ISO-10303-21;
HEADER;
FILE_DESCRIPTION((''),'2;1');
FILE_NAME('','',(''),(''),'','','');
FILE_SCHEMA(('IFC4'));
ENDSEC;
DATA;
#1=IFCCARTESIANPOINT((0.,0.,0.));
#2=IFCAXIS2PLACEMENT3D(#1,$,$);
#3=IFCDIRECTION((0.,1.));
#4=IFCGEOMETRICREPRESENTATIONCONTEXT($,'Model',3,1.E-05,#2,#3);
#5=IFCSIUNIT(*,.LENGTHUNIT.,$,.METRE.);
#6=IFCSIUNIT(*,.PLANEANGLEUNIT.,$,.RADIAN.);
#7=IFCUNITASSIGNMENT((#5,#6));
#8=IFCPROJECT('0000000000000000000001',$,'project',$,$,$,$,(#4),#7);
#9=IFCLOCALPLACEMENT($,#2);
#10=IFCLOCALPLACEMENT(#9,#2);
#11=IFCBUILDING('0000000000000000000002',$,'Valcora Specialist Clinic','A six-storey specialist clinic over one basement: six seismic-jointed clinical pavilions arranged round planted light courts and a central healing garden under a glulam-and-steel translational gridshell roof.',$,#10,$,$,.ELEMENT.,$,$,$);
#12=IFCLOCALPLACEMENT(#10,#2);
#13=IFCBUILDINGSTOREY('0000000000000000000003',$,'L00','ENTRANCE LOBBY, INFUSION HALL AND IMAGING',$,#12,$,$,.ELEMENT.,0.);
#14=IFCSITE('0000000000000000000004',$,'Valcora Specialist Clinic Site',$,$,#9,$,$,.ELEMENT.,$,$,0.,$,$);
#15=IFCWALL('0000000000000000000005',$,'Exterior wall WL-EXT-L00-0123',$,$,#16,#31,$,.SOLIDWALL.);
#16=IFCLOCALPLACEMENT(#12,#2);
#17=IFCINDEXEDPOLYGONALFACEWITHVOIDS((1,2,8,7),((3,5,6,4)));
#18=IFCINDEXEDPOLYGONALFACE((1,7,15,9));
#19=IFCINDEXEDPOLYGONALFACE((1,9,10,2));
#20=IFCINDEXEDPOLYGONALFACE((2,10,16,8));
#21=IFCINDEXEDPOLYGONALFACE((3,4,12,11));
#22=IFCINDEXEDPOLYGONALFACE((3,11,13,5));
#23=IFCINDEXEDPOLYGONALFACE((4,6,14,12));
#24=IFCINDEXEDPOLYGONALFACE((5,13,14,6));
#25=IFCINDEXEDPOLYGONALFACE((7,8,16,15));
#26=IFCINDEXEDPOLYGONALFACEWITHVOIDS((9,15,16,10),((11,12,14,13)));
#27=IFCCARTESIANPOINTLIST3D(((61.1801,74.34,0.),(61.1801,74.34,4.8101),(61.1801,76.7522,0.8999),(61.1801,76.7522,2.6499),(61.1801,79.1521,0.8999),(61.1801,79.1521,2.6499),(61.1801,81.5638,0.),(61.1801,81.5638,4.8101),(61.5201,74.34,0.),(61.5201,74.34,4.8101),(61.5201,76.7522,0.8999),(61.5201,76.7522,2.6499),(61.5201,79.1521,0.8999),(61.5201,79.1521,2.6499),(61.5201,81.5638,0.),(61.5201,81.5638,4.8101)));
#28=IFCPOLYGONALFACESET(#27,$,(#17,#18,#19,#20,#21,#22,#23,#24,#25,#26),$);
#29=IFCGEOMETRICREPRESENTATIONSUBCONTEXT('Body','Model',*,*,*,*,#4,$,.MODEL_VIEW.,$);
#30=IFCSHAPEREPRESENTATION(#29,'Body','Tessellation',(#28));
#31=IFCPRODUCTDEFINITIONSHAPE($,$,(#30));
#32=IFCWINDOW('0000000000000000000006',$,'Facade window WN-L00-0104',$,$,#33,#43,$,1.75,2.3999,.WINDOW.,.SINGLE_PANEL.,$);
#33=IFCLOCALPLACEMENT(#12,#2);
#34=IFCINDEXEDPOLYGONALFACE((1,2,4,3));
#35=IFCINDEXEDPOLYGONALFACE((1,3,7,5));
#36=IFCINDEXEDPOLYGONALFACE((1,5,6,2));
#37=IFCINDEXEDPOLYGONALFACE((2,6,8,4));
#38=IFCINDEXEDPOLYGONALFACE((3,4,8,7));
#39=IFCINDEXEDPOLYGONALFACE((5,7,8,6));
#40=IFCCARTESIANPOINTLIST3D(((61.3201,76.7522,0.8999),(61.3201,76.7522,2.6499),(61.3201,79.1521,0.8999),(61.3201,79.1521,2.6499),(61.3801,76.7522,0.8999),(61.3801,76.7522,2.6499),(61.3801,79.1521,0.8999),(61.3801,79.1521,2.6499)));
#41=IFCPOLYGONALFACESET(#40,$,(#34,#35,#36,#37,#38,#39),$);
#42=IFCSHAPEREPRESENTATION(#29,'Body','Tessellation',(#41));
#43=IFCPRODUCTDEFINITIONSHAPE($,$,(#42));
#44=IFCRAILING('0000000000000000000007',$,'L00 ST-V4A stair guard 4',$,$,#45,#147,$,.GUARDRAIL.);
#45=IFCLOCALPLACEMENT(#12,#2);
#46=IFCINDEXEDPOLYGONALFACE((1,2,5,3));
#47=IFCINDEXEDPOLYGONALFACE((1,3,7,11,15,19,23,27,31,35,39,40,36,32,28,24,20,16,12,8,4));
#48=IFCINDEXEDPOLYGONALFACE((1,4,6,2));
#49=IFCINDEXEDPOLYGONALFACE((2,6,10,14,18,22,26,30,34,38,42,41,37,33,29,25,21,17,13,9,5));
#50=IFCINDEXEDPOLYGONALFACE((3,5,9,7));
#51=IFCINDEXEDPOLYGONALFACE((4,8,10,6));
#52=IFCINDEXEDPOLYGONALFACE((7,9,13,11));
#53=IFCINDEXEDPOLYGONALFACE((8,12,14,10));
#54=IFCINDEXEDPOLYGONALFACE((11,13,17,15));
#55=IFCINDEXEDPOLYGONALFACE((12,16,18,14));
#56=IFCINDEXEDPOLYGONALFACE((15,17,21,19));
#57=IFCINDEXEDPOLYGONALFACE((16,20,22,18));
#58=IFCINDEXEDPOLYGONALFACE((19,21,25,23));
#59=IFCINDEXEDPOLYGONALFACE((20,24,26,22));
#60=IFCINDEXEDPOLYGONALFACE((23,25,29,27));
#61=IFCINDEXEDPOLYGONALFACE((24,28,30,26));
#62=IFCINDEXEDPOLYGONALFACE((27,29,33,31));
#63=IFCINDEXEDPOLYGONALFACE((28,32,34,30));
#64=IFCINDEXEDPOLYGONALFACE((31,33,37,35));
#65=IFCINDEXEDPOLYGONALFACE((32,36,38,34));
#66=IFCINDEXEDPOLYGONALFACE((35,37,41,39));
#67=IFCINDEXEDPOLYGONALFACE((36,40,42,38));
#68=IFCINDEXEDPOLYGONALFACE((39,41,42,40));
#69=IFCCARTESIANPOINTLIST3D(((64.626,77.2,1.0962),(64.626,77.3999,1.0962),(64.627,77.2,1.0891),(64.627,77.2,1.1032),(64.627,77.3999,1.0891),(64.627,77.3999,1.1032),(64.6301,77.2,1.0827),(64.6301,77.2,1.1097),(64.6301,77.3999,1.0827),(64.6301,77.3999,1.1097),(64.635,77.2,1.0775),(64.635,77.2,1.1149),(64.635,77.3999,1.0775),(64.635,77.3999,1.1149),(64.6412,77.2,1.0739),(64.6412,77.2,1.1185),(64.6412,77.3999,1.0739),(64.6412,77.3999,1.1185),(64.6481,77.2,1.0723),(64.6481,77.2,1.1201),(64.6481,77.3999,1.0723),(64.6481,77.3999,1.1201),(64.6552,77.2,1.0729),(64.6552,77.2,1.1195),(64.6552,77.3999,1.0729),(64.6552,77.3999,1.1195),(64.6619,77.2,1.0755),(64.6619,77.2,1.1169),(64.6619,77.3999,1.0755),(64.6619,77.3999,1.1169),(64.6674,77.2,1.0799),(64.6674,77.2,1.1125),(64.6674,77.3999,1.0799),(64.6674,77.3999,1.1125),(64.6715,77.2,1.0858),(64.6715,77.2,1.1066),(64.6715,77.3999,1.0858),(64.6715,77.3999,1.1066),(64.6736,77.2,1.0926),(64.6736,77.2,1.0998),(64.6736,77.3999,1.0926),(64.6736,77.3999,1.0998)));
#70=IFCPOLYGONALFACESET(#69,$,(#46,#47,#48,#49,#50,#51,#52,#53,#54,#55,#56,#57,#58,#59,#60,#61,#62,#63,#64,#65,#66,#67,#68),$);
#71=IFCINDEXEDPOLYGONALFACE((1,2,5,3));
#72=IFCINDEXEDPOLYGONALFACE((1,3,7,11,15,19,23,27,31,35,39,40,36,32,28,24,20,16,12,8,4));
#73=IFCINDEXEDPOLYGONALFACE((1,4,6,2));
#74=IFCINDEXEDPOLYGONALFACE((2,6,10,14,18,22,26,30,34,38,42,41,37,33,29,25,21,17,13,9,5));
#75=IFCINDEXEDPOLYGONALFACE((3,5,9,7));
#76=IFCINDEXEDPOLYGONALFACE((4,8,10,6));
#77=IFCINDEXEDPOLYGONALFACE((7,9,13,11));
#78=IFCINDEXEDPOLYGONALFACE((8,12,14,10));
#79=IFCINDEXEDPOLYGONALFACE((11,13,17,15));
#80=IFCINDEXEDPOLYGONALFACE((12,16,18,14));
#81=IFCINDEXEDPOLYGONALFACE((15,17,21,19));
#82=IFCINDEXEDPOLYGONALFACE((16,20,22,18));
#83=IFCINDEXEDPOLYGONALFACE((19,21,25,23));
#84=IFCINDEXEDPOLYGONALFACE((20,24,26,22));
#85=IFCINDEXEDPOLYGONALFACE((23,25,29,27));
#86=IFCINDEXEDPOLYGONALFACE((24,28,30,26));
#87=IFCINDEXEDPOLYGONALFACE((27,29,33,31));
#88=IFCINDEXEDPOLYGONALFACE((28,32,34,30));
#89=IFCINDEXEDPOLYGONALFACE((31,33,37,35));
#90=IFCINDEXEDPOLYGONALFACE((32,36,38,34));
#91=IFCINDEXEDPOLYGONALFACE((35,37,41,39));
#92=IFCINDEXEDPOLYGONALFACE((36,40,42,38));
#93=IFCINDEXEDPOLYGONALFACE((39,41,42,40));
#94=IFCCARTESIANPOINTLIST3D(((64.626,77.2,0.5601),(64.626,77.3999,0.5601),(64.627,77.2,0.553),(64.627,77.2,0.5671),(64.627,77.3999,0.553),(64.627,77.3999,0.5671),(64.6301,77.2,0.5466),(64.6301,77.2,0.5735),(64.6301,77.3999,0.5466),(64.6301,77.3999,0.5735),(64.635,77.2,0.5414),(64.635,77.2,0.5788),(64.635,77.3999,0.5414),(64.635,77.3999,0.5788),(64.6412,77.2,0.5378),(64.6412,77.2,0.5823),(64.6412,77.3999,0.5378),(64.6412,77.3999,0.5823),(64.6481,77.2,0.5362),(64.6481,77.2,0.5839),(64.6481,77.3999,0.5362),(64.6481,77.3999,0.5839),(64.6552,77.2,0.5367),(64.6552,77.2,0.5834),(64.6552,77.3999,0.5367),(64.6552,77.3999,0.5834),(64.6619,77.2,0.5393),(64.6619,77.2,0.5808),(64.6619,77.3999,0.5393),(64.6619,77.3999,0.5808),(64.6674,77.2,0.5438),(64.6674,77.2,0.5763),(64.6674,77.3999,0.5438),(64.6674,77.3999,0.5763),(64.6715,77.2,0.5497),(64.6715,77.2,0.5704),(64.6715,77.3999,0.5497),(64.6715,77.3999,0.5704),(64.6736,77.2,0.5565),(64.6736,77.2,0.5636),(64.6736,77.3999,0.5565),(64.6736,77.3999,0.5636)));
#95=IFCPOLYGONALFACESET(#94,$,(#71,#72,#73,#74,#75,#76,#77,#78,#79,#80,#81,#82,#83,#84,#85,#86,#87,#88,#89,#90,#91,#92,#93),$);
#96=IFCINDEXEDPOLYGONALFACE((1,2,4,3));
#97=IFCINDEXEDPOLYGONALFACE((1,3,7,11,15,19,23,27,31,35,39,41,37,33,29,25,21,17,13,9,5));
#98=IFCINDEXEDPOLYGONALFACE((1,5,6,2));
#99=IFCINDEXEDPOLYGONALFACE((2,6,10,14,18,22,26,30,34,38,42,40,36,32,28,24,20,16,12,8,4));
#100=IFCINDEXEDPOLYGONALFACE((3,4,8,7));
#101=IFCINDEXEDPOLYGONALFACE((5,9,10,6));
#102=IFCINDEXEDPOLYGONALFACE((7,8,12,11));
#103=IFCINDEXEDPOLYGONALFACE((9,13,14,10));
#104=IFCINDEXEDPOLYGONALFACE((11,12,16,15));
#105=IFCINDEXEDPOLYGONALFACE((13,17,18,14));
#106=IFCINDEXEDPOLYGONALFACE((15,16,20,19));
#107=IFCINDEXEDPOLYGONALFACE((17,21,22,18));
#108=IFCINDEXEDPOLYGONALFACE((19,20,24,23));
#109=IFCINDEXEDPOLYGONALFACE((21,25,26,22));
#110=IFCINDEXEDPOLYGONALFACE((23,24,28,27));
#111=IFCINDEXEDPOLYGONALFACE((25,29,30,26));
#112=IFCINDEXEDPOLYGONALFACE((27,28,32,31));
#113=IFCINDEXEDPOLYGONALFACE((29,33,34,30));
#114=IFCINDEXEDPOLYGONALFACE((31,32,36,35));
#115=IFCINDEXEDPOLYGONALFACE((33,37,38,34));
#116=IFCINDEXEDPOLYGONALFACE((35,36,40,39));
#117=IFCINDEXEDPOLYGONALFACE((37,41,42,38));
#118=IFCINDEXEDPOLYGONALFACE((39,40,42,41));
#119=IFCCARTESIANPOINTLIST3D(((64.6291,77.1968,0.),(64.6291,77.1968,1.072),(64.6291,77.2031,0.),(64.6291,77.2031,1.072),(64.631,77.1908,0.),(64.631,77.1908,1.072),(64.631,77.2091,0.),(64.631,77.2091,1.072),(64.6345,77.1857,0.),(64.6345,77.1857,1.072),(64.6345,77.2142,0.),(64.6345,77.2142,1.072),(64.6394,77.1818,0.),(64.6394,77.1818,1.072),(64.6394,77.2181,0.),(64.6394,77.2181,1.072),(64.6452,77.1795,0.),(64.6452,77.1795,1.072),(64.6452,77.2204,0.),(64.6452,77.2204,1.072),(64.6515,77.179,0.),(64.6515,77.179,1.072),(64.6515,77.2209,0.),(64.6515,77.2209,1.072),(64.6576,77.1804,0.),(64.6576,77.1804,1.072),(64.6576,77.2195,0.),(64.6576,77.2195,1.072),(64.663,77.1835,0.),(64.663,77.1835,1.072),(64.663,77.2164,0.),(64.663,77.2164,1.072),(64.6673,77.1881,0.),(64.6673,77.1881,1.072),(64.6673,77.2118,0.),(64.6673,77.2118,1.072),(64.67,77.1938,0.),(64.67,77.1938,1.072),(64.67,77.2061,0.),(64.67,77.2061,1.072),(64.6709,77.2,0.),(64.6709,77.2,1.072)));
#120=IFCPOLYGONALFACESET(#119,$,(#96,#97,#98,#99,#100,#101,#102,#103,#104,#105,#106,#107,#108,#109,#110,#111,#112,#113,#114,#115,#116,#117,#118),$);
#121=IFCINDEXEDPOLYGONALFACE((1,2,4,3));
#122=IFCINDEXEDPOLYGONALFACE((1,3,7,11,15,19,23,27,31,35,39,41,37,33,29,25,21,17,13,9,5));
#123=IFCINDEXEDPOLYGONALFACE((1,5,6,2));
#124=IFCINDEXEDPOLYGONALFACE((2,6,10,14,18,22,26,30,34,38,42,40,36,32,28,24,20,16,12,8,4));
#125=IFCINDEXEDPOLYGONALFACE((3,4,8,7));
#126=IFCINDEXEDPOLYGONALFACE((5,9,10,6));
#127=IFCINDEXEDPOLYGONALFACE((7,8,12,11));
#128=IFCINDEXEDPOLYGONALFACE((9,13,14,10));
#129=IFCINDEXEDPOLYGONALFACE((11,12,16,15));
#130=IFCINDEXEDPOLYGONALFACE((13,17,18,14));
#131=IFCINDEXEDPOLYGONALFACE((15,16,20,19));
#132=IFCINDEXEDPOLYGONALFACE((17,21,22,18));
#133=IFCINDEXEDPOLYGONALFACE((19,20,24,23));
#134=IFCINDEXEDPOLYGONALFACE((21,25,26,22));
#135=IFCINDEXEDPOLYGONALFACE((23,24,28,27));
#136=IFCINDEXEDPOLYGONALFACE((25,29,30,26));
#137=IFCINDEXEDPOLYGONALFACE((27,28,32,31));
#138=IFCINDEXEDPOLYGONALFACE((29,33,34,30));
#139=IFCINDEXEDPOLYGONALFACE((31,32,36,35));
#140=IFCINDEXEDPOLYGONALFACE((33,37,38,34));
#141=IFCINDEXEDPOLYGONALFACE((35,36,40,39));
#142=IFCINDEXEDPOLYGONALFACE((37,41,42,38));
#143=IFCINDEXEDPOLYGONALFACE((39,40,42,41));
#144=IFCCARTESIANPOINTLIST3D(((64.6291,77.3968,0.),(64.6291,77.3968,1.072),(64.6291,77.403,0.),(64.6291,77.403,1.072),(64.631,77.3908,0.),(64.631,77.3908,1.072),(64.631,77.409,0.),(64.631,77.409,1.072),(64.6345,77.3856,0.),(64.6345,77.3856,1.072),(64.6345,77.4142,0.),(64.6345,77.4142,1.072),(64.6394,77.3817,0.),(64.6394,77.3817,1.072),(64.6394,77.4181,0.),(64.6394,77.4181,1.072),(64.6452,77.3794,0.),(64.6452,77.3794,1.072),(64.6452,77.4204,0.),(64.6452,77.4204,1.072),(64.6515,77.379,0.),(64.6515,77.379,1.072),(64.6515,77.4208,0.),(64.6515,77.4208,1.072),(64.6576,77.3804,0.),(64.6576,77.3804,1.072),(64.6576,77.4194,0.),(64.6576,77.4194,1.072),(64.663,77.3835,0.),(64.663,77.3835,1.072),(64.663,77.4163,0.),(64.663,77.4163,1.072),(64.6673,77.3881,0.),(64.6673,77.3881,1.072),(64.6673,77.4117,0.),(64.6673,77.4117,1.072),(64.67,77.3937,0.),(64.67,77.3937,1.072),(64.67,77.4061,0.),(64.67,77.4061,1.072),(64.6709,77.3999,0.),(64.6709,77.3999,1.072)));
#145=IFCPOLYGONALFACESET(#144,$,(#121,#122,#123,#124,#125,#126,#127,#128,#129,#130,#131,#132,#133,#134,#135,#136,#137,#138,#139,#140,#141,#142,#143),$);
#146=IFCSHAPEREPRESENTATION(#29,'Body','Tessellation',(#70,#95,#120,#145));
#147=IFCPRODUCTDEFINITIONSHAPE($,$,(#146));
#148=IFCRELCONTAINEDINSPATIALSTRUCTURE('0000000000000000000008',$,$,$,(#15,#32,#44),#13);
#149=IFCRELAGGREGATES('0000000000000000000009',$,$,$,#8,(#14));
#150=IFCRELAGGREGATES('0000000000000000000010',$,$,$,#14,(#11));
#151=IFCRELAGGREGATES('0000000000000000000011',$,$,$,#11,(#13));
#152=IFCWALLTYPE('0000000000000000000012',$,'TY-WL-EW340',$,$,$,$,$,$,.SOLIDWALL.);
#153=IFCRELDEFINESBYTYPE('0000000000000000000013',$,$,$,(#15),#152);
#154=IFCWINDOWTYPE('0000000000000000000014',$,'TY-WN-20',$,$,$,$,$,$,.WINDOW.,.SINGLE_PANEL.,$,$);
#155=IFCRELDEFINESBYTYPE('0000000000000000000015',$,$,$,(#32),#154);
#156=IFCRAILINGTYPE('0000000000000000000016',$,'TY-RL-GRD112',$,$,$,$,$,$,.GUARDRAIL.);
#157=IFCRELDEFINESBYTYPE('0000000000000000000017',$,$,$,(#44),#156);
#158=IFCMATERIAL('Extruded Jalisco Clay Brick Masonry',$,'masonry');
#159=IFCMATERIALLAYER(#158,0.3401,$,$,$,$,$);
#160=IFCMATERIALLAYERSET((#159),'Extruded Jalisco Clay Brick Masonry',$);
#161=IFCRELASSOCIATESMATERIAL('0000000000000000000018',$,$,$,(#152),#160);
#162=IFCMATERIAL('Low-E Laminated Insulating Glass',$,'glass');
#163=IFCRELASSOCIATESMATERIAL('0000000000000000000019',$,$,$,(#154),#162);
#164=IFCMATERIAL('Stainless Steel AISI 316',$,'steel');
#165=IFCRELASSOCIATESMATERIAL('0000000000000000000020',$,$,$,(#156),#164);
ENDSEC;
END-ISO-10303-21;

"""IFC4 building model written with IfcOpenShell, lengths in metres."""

from ifc_helpers import new_model, si_unit, direction, frame, frame_2d, origin, origin_2d, place, context, subcontext, project, spatial, rectangle, circle, extrude, material, layer, layer_set, type_object, element, fill, save


model = new_model("IFC4")

# Units and contexts
model_context = context("Model", 3, precision=1e-05, world=origin(), true_north=direction((0.0, 1.0)))
body_context = subcontext(model_context, "Body", "Model", "MODEL_VIEW")
ifc_project = project(units=[si_unit("LENGTHUNIT", "METRE"), si_unit("PLANEANGLEUNIT", "RADIAN")], contexts=[model_context])

# Site, building, storey
site_placement = place(None, origin())
site = spatial("IfcSite", under=ifc_project, at=site_placement, Name="Valcora Specialist Clinic Site", CompositionType="ELEMENT", RefElevation=0.0)
building_placement = place(site_placement, origin())
building = spatial("IfcBuilding", under=site, at=building_placement, Name="Valcora Specialist Clinic", Description="A six-storey specialist clinic over one basement: six seismic-jointed clinical pavilions arranged round planted light courts and a central healing garden under a glulam-and-steel translational gridshell roof.", CompositionType="ELEMENT")
storey_placement = place(building_placement, origin())
storey = spatial("IfcBuildingStorey", under=building, at=storey_placement, Name="L00", Description="ENTRANCE LOBBY, INFUSION HALL AND IMAGING", CompositionType="ELEMENT", Elevation=0.0)

# Wall, opening, window
ifc_material_1 = material(Name="Extruded Jalisco Clay Brick Masonry", Category="masonry")
ifc_material_2 = material(Name="Low-E Laminated Insulating Glass", Category="glass")
ifc_layer_1 = layer(ifc_material_1, 0.3401)
ifc_layer_set_1 = layer_set([ifc_layer_1], Name="Extruded Jalisco Clay Brick Masonry")
wall_type_1 = type_object("IfcWallType", Name="TY-WL-EW340", PredefinedType="SOLIDWALL", material=ifc_layer_set_1)
wall_1_placement = place(storey_placement, frame((61.3501, 74.3401, 0.0), z_axis=(0.0, 0.0, 1.0), x_axis=(0.0, 1.0, 0.0)))
wall_1 = element("IfcWall", 1, at=wall_1_placement, inside=storey, type_object=wall_type_1, Name="Exterior wall WL-EXT-L00-0123", PredefinedType="SOLIDWALL", context=body_context, shape_type="SweptSolid", body=[
    extrude(rectangle(XDim=7.2239, YDim=0.3401, at=frame_2d((3.6118, 0.0))), origin(), (0.0, 0.0, 1.0), 4.8101),
])
opening_1_placement = place(wall_1_placement, frame((2.4121, 0.0, 0.8999)))
opening_1 = element("IfcOpeningElement", 2, at=opening_1_placement, cuts=wall_1, PredefinedType="OPENING", context=body_context, shape_type="SweptSolid", body=[
    extrude(rectangle(XDim=2.3999, YDim=1.75, at=frame_2d((1.2, 0.875))), frame((0.0, 0.1799, 0.0), z_axis=(0.0, -1.0, 0.0), x_axis=(1.0, 0.0, 0.0)), (0.0, 0.0, 1.0), 0.3601),
])
window_type_1 = type_object("IfcWindowType", Name="TY-WN-20", PartitioningType="SINGLE_PANEL", PredefinedType="WINDOW", material=ifc_material_2)
window_1_placement = place(opening_1_placement, origin())
window_1 = element("IfcWindow", 3, at=window_1_placement, inside=storey, type_object=window_type_1, Name="Facade window WN-L00-0104", OverallHeight=1.75, OverallWidth=2.3999, PartitioningType="SINGLE_PANEL", PredefinedType="WINDOW", context=body_context, shape_type="SweptSolid", body=[
    extrude(rectangle(XDim=2.3999, YDim=1.75, at=frame_2d((1.2, 0.875))), frame((0.0, 0.03, 0.0), z_axis=(0.0, -1.0, 0.0), x_axis=(1.0, 0.0, 0.0)), (0.0, 0.0, 1.0), 0.0601),
])
fill(opening_1, window_1)

# Railing
ifc_material_3 = material(Name="Stainless Steel AISI 316", Category="steel")
railing_type = type_object("IfcRailingType", Name="TY-RL-GRD112", PredefinedType="GUARDRAIL", material=ifc_material_3)
railing_placement = place(storey_placement, frame((64.6499, 77.2, 0.0)))
element("IfcRailing", 4, at=railing_placement, inside=storey, type_object=railing_type, Name="L00 ST-V4A stair guard 4", PredefinedType="GUARDRAIL", context=body_context, shape_type="SweptSolid", body=[
    extrude(circle(Radius=0.0239, at=origin_2d()), frame((0.0, 0.0, 1.0962), z_axis=(0.0, 1.0, 0.0), x_axis=(-1.0, 0.0, 0.0)), (0.0, 0.0, 1.0), 0.2),
    extrude(circle(Radius=0.0239, at=origin_2d()), frame((0.0, 0.0, 0.5601), z_axis=(0.0, 1.0, 0.0), x_axis=(-1.0, 0.0, 0.0)), (0.0, 0.0, 1.0), 0.2),
    extrude(circle(Radius=0.021, at=origin_2d()), origin(), (0.0, 0.0, 1.0), 1.072),
    extrude(circle(Radius=0.021, at=origin_2d()), frame((0.0, 0.2, 0.0)), (0.0, 0.0, 1.0), 1.072),
])

save(model, "model.ifc")
